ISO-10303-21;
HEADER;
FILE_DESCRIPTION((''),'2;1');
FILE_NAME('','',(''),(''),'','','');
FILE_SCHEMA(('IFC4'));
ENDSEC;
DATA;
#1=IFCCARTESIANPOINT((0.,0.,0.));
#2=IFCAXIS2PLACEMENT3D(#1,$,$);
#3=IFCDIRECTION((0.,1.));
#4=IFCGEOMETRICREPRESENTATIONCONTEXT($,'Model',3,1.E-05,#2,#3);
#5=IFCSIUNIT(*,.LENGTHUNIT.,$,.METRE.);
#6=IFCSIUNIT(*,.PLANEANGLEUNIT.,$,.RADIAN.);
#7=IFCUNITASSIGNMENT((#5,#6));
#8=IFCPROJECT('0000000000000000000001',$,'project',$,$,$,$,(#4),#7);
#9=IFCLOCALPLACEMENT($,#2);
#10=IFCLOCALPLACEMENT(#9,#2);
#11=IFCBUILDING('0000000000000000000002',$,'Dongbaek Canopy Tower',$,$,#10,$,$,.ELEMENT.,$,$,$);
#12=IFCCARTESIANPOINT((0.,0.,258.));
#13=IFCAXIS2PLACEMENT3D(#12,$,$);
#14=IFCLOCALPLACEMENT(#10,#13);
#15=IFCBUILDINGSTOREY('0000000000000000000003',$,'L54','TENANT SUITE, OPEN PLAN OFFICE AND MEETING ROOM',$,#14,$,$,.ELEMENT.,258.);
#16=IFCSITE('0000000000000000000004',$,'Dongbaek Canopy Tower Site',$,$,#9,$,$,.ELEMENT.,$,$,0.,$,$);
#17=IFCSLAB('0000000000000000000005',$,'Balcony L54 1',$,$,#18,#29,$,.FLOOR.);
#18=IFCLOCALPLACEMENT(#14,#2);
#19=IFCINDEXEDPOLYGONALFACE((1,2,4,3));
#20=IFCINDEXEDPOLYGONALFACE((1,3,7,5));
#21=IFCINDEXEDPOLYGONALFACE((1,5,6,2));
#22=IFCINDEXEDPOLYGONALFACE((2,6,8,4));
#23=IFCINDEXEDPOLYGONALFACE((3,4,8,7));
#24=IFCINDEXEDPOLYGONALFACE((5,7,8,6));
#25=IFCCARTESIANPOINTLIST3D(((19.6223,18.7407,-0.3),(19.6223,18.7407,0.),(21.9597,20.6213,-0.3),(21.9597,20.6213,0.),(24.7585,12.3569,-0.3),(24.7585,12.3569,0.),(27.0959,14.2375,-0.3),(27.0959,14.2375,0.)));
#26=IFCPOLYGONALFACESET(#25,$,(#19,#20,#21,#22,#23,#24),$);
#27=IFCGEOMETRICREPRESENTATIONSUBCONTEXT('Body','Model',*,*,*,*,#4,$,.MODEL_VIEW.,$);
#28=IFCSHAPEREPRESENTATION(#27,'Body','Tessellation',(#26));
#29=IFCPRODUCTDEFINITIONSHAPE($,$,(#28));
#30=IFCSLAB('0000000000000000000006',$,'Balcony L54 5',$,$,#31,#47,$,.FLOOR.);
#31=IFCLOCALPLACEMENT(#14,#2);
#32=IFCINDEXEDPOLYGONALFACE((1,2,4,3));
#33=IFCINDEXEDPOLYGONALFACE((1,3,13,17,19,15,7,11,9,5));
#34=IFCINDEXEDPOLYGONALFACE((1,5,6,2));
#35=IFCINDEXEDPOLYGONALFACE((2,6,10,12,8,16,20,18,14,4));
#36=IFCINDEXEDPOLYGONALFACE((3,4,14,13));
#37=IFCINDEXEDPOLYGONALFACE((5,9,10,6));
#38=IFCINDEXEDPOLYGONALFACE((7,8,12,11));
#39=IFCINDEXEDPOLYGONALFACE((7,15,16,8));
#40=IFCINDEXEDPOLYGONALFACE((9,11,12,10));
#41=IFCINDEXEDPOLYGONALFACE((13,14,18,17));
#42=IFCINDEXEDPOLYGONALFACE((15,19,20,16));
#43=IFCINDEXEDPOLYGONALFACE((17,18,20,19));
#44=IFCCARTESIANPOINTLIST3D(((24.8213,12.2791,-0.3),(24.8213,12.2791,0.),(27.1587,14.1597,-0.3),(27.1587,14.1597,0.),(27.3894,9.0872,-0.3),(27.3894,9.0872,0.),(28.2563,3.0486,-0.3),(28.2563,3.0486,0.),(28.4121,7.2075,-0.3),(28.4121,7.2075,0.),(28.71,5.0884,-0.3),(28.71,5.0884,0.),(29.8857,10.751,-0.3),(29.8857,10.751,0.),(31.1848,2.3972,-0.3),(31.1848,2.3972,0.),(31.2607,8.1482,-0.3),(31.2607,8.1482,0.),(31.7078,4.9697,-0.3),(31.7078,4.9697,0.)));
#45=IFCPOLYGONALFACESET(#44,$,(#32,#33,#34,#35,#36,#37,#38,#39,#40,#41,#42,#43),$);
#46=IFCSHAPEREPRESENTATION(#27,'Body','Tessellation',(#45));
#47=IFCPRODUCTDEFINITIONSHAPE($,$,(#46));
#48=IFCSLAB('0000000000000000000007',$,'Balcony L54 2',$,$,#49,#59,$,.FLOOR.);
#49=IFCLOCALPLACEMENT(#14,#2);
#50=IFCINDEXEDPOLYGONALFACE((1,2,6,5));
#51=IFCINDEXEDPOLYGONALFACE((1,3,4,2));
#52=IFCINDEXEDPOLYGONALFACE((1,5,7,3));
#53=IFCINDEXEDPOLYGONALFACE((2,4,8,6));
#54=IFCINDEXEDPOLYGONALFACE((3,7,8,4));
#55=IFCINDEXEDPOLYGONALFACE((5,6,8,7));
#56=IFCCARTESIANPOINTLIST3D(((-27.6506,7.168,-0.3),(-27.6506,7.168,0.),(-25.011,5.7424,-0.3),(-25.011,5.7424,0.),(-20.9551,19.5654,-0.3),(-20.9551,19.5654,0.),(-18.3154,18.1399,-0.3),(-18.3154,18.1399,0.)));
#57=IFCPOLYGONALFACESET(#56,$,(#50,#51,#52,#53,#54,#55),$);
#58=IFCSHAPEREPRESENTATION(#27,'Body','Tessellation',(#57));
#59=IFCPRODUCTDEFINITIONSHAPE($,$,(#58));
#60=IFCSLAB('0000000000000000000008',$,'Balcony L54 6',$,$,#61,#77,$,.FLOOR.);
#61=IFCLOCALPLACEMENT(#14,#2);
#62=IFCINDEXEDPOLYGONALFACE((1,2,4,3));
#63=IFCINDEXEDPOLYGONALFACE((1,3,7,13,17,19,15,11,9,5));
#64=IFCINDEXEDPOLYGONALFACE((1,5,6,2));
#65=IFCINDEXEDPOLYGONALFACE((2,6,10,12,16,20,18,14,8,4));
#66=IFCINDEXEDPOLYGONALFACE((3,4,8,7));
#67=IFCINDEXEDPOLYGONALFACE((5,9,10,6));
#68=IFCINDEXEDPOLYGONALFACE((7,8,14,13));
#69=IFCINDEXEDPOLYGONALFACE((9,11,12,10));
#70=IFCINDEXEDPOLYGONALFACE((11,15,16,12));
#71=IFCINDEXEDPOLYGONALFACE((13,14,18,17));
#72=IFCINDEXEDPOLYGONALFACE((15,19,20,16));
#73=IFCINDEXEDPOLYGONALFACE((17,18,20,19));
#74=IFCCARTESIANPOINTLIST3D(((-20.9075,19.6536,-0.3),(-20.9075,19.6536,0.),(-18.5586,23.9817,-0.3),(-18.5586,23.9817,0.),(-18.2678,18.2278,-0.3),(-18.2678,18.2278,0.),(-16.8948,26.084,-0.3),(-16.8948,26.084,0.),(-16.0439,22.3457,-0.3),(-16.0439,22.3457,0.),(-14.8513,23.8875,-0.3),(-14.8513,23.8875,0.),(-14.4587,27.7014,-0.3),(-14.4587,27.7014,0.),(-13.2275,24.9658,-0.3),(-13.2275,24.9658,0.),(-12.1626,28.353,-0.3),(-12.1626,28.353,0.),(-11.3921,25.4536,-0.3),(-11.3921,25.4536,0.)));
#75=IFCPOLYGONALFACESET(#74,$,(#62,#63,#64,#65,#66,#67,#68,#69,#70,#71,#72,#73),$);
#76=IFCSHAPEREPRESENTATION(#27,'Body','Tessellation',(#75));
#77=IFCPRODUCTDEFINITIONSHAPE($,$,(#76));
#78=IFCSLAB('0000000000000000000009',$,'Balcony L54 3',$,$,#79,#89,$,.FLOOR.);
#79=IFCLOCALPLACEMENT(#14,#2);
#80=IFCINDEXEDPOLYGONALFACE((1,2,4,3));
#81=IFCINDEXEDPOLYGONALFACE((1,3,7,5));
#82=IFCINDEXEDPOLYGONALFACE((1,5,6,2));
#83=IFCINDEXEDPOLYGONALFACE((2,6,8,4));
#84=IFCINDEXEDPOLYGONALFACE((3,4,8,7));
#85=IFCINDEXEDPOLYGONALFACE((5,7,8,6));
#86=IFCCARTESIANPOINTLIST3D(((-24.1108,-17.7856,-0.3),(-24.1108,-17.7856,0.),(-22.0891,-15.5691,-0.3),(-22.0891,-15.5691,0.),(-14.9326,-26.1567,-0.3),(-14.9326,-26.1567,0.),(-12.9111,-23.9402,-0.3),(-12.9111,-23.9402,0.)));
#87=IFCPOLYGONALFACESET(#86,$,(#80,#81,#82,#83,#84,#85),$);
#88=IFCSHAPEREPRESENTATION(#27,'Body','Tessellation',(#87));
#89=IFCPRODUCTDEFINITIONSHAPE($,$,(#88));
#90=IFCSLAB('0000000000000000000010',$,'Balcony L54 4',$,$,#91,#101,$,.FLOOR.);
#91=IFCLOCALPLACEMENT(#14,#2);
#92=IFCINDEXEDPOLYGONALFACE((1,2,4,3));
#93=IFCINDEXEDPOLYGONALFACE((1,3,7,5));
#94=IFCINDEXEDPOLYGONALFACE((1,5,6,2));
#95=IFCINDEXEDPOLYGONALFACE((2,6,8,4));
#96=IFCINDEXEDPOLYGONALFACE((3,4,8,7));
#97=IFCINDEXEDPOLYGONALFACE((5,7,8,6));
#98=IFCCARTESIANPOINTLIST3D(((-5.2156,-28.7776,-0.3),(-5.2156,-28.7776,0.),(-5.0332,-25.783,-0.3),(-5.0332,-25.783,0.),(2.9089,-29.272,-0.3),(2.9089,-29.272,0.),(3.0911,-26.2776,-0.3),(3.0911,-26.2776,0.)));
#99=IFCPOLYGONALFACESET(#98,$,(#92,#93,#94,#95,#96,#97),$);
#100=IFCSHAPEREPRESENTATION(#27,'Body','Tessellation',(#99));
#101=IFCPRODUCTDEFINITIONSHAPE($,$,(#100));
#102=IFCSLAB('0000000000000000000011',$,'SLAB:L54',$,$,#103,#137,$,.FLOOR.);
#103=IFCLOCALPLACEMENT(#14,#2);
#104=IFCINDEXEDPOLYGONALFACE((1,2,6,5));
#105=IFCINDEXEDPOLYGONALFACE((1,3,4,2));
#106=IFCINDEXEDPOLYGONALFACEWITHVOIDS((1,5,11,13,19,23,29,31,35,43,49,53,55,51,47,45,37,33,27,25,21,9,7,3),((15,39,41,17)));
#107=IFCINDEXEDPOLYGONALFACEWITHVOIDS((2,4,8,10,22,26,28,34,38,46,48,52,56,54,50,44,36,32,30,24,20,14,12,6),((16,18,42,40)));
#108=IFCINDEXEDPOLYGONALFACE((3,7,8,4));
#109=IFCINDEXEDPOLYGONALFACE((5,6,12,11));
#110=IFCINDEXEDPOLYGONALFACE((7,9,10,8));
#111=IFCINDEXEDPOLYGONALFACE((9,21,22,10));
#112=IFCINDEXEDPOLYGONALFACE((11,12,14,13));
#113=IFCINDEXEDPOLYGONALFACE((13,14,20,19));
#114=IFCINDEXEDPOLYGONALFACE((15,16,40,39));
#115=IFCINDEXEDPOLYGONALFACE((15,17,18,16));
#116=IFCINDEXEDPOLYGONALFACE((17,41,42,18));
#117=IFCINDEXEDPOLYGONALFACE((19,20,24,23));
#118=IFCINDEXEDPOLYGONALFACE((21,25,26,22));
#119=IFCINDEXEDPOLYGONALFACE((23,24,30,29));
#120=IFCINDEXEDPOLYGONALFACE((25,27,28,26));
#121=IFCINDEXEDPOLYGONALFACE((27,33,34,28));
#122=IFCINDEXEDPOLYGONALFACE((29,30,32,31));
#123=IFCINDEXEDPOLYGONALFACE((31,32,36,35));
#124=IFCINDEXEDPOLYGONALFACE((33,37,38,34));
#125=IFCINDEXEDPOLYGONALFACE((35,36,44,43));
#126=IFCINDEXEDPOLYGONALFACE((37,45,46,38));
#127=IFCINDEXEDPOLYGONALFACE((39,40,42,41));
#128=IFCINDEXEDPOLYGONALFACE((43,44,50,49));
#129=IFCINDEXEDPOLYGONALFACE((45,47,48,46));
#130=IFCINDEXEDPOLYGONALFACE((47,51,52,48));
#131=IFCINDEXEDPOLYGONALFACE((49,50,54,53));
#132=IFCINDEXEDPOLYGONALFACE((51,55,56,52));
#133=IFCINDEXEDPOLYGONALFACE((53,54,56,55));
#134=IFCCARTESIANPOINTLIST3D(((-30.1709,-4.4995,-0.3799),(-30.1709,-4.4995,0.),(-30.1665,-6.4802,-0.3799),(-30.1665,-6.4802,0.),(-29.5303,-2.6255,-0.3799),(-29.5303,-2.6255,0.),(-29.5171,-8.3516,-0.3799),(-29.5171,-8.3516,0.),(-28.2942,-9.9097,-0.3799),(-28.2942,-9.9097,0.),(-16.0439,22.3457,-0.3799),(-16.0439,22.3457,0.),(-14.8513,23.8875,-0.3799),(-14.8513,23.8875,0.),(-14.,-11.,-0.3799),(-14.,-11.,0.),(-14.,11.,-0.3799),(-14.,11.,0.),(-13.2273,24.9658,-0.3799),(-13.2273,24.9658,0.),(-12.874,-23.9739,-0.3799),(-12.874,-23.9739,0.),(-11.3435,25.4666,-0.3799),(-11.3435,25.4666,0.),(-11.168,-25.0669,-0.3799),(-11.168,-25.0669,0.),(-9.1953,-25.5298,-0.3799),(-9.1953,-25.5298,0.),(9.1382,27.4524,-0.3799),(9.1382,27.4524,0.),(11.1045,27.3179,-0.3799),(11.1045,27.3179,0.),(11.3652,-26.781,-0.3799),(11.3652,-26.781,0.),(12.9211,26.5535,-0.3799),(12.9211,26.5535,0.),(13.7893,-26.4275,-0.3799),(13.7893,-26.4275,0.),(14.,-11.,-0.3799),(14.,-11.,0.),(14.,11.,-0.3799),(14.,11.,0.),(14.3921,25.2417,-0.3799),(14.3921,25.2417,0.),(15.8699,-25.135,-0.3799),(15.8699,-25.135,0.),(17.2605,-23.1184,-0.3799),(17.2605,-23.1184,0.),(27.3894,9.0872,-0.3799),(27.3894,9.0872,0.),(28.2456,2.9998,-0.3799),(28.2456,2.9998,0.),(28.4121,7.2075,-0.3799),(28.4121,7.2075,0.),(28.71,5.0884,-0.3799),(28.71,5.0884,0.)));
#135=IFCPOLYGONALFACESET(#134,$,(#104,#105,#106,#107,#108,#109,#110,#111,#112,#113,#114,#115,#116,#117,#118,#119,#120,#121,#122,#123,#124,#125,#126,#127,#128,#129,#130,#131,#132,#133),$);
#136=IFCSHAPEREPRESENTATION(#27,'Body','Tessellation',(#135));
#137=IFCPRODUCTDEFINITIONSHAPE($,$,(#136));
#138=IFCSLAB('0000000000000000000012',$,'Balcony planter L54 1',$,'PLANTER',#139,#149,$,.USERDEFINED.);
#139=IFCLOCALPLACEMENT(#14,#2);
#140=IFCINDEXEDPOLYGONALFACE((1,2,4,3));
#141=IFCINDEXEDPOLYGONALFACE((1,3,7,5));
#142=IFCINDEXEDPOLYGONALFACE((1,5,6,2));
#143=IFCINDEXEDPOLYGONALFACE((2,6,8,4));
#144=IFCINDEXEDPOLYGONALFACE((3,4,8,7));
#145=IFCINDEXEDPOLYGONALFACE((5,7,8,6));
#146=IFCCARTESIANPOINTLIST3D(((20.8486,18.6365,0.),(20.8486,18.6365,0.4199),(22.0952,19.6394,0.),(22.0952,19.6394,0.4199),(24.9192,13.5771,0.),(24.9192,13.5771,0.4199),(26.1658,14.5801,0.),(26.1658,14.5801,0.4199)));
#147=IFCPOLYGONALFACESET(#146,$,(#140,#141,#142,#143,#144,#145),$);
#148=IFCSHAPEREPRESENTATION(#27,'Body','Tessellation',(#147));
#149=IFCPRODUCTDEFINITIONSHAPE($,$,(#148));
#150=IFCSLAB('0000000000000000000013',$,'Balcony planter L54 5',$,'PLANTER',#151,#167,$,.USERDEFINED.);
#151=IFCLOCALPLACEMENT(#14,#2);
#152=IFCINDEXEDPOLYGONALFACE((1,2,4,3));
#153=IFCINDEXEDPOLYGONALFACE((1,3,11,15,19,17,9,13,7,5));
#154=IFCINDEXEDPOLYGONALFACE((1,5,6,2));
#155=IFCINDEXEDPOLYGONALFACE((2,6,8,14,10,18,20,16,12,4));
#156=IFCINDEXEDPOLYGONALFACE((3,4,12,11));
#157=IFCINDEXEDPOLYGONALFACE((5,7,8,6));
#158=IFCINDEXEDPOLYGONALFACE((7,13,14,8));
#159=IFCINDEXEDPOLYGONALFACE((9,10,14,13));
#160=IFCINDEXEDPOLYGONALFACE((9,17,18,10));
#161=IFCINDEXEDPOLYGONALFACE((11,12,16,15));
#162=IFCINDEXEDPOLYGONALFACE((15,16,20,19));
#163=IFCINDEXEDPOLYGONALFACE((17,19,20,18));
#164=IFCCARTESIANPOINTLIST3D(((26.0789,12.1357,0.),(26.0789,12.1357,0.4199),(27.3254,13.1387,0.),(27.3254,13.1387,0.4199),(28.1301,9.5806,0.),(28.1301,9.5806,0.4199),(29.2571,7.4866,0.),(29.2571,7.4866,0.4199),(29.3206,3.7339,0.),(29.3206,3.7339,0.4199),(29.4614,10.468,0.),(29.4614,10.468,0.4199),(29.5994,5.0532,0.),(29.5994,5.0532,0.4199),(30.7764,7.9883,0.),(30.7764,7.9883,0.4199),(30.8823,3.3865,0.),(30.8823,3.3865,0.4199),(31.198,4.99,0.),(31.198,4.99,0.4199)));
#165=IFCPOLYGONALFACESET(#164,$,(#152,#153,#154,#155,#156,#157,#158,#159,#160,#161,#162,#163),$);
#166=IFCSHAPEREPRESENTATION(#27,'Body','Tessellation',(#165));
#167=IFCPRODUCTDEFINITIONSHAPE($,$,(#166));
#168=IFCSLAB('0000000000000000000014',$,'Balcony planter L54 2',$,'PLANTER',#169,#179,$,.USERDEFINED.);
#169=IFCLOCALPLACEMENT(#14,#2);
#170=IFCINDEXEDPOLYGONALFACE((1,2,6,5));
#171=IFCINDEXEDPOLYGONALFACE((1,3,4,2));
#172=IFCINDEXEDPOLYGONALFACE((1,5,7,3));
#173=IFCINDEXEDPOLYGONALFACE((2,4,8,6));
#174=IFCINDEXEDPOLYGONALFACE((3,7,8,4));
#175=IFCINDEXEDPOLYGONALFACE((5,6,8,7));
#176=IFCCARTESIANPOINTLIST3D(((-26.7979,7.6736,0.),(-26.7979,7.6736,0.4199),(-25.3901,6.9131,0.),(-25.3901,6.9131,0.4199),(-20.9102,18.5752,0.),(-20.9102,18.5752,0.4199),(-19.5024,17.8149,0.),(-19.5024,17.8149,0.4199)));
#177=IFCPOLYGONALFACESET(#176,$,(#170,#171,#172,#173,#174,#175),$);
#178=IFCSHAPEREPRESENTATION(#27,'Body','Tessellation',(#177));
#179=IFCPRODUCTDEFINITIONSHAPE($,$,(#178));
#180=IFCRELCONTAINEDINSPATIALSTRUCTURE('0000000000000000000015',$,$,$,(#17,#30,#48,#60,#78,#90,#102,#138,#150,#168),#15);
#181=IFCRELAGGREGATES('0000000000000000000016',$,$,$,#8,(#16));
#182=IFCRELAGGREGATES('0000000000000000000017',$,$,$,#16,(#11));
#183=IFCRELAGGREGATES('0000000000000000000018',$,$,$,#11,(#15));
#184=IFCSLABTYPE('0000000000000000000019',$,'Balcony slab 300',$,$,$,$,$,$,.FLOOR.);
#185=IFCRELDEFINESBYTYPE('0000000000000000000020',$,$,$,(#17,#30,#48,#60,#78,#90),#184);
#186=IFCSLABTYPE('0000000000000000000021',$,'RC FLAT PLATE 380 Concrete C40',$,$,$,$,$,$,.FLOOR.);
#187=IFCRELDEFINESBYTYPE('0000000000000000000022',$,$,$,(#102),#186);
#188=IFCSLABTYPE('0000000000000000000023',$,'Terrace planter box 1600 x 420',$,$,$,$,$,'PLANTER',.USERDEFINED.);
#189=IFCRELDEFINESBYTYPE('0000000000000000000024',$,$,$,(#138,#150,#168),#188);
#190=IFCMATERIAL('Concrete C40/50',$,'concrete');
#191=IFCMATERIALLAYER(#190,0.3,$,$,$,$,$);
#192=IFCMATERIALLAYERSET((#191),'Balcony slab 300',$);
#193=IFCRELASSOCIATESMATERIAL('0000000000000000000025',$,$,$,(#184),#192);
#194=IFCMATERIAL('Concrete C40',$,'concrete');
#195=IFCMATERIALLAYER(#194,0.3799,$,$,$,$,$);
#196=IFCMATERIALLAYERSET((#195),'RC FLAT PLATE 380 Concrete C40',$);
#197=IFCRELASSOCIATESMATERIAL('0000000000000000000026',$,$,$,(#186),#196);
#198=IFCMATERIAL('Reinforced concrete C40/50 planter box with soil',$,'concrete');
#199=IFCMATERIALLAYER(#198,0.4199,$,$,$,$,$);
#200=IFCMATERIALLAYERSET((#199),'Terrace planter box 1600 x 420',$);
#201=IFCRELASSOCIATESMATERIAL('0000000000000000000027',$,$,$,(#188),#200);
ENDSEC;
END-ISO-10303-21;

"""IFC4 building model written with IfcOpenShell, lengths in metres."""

from ifc_helpers import new_model, si_unit, direction, frame, origin, place, context, subcontext, project, spatial, polyline, outline, extrude, material, layer, layer_set, type_object, element, save


model = new_model("IFC4")

# Units and contexts
model_context = context("Model", 3, precision=1e-05, world=origin(), true_north=direction((0.0, 1.0)))
body_context = subcontext(model_context, "Body", "Model", "MODEL_VIEW")
ifc_project = project(units=[si_unit("LENGTHUNIT", "METRE"), si_unit("PLANEANGLEUNIT", "RADIAN")], contexts=[model_context])

# Site, building, storey
site_placement = place(None, origin())
site = spatial("IfcSite", under=ifc_project, at=site_placement, Name="Dongbaek Canopy Tower Site", CompositionType="ELEMENT", RefElevation=0.0)
building_placement = place(site_placement, origin())
building = spatial("IfcBuilding", under=site, at=building_placement, Name="Dongbaek Canopy Tower", CompositionType="ELEMENT")
storey_placement = place(building_placement, frame((0.0, 0.0, 258.0)))
storey = spatial("IfcBuildingStorey", under=building, at=storey_placement, Name="L54", Description="TENANT SUITE, OPEN PLAN OFFICE AND MEETING ROOM", CompositionType="ELEMENT", Elevation=258.0)

# Slabs
ifc_material_1 = material(Name="Concrete C40/50", Category="concrete")
ifc_layer_1 = layer(ifc_material_1, 0.3)
ifc_layer_set_1 = layer_set([ifc_layer_1], Name="Balcony slab 300")
slab_type_1 = type_object("IfcSlabType", Name="Balcony slab 300", PredefinedType="FLOOR", material=ifc_layer_set_1)
slab_1_placement = place(storey_placement, frame((0.0, 0.0, -0.3)))
element("IfcSlab", 1, at=slab_1_placement, inside=storey, type_object=slab_type_1, Name="Balcony L54 1", PredefinedType="FLOOR", context=body_context, shape_type="SweptSolid", body=[
    extrude(outline(polyline([(24.7585, 12.3569), (19.6223, 18.7407), (21.9597, 20.6213), (27.0959, 14.2375), (24.7585, 12.3569)])), origin(), (0.0, 0.0, 1.0), 0.3),
])
slab_2_placement = place(storey_placement, frame((0.0, 0.0, -0.3)))
element("IfcSlab", 2, at=slab_2_placement, inside=storey, type_object=slab_type_1, Name="Balcony L54 5", PredefinedType="FLOOR", context=body_context, shape_type="SweptSolid", body=[
    extrude(outline(polyline([(28.2563, 3.0486), (28.71, 5.0884), (28.4121, 7.2075), (27.3894, 9.0872), (24.8213, 12.2791), (27.1587, 14.1597), (29.8857, 10.751), (31.2607, 8.1482), (31.7078, 4.9697), (31.1848, 2.3972), (28.2563, 3.0486)])), origin(), (0.0, 0.0, 1.0), 0.3),
])
slab_3_placement = place(storey_placement, frame((0.0, 0.0, -0.3)))
element("IfcSlab", 3, at=slab_3_placement, inside=storey, type_object=slab_type_1, Name="Balcony L54 2", PredefinedType="FLOOR", context=body_context, shape_type="SweptSolid", body=[
    extrude(outline(polyline([(-18.3154, 18.1399), (-25.011, 5.7424), (-27.6506, 7.168), (-20.9551, 19.5654), (-18.3154, 18.1399)])), origin(), (0.0, 0.0, 1.0), 0.3),
])
slab_4_placement = place(storey_placement, frame((0.0, 0.0, -0.3)))
element("IfcSlab", 4, at=slab_4_placement, inside=storey, type_object=slab_type_1, Name="Balcony L54 6", PredefinedType="FLOOR", context=body_context, shape_type="SweptSolid", body=[
    extrude(outline(polyline([(-11.3921, 25.4536), (-13.2275, 24.9658), (-14.8513, 23.8875), (-16.0439, 22.3457), (-18.2678, 18.2278), (-20.9075, 19.6536), (-18.5586, 23.9817), (-16.8948, 26.084), (-14.4587, 27.7014), (-12.1626, 28.353), (-11.3921, 25.4536)])), origin(), (0.0, 0.0, 1.0), 0.3),
])
slab_5_placement = place(storey_placement, frame((0.0, 0.0, -0.3)))
element("IfcSlab", 5, at=slab_5_placement, inside=storey, type_object=slab_type_1, Name="Balcony L54 3", PredefinedType="FLOOR", context=body_context, shape_type="SweptSolid", body=[
    extrude(outline(polyline([(-22.0891, -15.5691), (-12.9111, -23.9402), (-14.9326, -26.1567), (-24.1108, -17.7856), (-22.0891, -15.5691)])), origin(), (0.0, 0.0, 1.0), 0.3),
])
slab_6_placement = place(storey_placement, frame((0.0, 0.0, -0.3)))
element("IfcSlab", 6, at=slab_6_placement, inside=storey, type_object=slab_type_1, Name="Balcony L54 4", PredefinedType="FLOOR", context=body_context, shape_type="SweptSolid", body=[
    extrude(outline(polyline([(-5.0332, -25.783), (3.0911, -26.2776), (2.9089, -29.272), (-5.2156, -28.7776), (-5.0332, -25.783)])), origin(), (0.0, 0.0, 1.0), 0.3),
])
ifc_material_2 = material(Name="Concrete C40", Category="concrete")
ifc_layer_2 = layer(ifc_material_2, 0.3799)
ifc_layer_set_2 = layer_set([ifc_layer_2], Name="RC FLAT PLATE 380 Concrete C40")
slab_type_2 = type_object("IfcSlabType", Name="RC FLAT PLATE 380 Concrete C40", PredefinedType="FLOOR", material=ifc_layer_set_2)
slab_7_placement = place(storey_placement, frame((0.0, 0.0, -0.3799)))
element("IfcSlab", 7, at=slab_7_placement, inside=storey, type_object=slab_type_2, Name="SLAB:L54", PredefinedType="FLOOR", context=body_context, shape_type="SweptSolid", body=[
    extrude(outline(polyline([(17.2605, -23.1184), (15.8699, -25.135), (13.7893, -26.4275), (11.3652, -26.781), (-9.1953, -25.5298), (-11.168, -25.0669), (-12.874, -23.9739), (-28.2942, -9.9097), (-29.5171, -8.3516), (-30.1665, -6.4802), (-30.1709, -4.4995), (-29.5303, -2.6255), (-16.0439, 22.3457), (-14.8513, 23.8875), (-13.2273, 24.9658), (-11.3435, 25.4666), (9.1382, 27.4524), (11.1045, 27.3179), (12.9211, 26.5535), (14.3921, 25.2417), (27.3894, 9.0872), (28.4121, 7.2075), (28.71, 5.0884), (28.2456, 2.9998), (17.2605, -23.1184)]), holes=[polyline([(14.0, 11.0), (-14.0, 11.0), (-14.0, -11.0), (14.0, -11.0), (14.0, 11.0)])]), origin(), (0.0, 0.0, 1.0), 0.3799),
])
ifc_material_3 = material(Name="Reinforced concrete C40/50 planter box with soil", Category="concrete")
ifc_layer_3 = layer(ifc_material_3, 0.4199)
ifc_layer_set_3 = layer_set([ifc_layer_3], Name="Terrace planter box 1600 x 420")
slab_type_3 = type_object("IfcSlabType", Name="Terrace planter box 1600 x 420", ElementType="PLANTER", PredefinedType="USERDEFINED", material=ifc_layer_set_3)
slab_8_placement = place(storey_placement, origin())
element("IfcSlab", 8, at=slab_8_placement, inside=storey, type_object=slab_type_3, Name="Balcony planter L54 1", ObjectType="PLANTER", PredefinedType="USERDEFINED", context=body_context, shape_type="SweptSolid", body=[
    extrude(outline(polyline([(24.9192, 13.5771), (20.8486, 18.6365), (22.0952, 19.6394), (26.1658, 14.5801), (24.9192, 13.5771)])), origin(), (0.0, 0.0, 1.0), 0.4199),
])
slab_9_placement = place(storey_placement, origin())
element("IfcSlab", 9, at=slab_9_placement, inside=storey, type_object=slab_type_3, Name="Balcony planter L54 5", ObjectType="PLANTER", PredefinedType="USERDEFINED", context=body_context, shape_type="SweptSolid", body=[
    extrude(outline(polyline([(29.3206, 3.7339), (29.5994, 5.0532), (29.2571, 7.4866), (28.1301, 9.5806), (26.0789, 12.1357), (27.3254, 13.1387), (29.4614, 10.468), (30.7764, 7.9883), (31.198, 4.99), (30.8823, 3.3865), (29.3206, 3.7339)])), origin(), (0.0, 0.0, 1.0), 0.4199),
])
slab_10_placement = place(storey_placement, origin())
element("IfcSlab", 10, at=slab_10_placement, inside=storey, type_object=slab_type_3, Name="Balcony planter L54 2", ObjectType="PLANTER", PredefinedType="USERDEFINED", context=body_context, shape_type="SweptSolid", body=[
    extrude(outline(polyline([(-19.5024, 17.8149), (-25.3901, 6.9131), (-26.7979, 7.6736), (-20.9102, 18.5752), (-19.5024, 17.8149)])), origin(), (0.0, 0.0, 1.0), 0.4199),
])

save(model, "model.ifc")
